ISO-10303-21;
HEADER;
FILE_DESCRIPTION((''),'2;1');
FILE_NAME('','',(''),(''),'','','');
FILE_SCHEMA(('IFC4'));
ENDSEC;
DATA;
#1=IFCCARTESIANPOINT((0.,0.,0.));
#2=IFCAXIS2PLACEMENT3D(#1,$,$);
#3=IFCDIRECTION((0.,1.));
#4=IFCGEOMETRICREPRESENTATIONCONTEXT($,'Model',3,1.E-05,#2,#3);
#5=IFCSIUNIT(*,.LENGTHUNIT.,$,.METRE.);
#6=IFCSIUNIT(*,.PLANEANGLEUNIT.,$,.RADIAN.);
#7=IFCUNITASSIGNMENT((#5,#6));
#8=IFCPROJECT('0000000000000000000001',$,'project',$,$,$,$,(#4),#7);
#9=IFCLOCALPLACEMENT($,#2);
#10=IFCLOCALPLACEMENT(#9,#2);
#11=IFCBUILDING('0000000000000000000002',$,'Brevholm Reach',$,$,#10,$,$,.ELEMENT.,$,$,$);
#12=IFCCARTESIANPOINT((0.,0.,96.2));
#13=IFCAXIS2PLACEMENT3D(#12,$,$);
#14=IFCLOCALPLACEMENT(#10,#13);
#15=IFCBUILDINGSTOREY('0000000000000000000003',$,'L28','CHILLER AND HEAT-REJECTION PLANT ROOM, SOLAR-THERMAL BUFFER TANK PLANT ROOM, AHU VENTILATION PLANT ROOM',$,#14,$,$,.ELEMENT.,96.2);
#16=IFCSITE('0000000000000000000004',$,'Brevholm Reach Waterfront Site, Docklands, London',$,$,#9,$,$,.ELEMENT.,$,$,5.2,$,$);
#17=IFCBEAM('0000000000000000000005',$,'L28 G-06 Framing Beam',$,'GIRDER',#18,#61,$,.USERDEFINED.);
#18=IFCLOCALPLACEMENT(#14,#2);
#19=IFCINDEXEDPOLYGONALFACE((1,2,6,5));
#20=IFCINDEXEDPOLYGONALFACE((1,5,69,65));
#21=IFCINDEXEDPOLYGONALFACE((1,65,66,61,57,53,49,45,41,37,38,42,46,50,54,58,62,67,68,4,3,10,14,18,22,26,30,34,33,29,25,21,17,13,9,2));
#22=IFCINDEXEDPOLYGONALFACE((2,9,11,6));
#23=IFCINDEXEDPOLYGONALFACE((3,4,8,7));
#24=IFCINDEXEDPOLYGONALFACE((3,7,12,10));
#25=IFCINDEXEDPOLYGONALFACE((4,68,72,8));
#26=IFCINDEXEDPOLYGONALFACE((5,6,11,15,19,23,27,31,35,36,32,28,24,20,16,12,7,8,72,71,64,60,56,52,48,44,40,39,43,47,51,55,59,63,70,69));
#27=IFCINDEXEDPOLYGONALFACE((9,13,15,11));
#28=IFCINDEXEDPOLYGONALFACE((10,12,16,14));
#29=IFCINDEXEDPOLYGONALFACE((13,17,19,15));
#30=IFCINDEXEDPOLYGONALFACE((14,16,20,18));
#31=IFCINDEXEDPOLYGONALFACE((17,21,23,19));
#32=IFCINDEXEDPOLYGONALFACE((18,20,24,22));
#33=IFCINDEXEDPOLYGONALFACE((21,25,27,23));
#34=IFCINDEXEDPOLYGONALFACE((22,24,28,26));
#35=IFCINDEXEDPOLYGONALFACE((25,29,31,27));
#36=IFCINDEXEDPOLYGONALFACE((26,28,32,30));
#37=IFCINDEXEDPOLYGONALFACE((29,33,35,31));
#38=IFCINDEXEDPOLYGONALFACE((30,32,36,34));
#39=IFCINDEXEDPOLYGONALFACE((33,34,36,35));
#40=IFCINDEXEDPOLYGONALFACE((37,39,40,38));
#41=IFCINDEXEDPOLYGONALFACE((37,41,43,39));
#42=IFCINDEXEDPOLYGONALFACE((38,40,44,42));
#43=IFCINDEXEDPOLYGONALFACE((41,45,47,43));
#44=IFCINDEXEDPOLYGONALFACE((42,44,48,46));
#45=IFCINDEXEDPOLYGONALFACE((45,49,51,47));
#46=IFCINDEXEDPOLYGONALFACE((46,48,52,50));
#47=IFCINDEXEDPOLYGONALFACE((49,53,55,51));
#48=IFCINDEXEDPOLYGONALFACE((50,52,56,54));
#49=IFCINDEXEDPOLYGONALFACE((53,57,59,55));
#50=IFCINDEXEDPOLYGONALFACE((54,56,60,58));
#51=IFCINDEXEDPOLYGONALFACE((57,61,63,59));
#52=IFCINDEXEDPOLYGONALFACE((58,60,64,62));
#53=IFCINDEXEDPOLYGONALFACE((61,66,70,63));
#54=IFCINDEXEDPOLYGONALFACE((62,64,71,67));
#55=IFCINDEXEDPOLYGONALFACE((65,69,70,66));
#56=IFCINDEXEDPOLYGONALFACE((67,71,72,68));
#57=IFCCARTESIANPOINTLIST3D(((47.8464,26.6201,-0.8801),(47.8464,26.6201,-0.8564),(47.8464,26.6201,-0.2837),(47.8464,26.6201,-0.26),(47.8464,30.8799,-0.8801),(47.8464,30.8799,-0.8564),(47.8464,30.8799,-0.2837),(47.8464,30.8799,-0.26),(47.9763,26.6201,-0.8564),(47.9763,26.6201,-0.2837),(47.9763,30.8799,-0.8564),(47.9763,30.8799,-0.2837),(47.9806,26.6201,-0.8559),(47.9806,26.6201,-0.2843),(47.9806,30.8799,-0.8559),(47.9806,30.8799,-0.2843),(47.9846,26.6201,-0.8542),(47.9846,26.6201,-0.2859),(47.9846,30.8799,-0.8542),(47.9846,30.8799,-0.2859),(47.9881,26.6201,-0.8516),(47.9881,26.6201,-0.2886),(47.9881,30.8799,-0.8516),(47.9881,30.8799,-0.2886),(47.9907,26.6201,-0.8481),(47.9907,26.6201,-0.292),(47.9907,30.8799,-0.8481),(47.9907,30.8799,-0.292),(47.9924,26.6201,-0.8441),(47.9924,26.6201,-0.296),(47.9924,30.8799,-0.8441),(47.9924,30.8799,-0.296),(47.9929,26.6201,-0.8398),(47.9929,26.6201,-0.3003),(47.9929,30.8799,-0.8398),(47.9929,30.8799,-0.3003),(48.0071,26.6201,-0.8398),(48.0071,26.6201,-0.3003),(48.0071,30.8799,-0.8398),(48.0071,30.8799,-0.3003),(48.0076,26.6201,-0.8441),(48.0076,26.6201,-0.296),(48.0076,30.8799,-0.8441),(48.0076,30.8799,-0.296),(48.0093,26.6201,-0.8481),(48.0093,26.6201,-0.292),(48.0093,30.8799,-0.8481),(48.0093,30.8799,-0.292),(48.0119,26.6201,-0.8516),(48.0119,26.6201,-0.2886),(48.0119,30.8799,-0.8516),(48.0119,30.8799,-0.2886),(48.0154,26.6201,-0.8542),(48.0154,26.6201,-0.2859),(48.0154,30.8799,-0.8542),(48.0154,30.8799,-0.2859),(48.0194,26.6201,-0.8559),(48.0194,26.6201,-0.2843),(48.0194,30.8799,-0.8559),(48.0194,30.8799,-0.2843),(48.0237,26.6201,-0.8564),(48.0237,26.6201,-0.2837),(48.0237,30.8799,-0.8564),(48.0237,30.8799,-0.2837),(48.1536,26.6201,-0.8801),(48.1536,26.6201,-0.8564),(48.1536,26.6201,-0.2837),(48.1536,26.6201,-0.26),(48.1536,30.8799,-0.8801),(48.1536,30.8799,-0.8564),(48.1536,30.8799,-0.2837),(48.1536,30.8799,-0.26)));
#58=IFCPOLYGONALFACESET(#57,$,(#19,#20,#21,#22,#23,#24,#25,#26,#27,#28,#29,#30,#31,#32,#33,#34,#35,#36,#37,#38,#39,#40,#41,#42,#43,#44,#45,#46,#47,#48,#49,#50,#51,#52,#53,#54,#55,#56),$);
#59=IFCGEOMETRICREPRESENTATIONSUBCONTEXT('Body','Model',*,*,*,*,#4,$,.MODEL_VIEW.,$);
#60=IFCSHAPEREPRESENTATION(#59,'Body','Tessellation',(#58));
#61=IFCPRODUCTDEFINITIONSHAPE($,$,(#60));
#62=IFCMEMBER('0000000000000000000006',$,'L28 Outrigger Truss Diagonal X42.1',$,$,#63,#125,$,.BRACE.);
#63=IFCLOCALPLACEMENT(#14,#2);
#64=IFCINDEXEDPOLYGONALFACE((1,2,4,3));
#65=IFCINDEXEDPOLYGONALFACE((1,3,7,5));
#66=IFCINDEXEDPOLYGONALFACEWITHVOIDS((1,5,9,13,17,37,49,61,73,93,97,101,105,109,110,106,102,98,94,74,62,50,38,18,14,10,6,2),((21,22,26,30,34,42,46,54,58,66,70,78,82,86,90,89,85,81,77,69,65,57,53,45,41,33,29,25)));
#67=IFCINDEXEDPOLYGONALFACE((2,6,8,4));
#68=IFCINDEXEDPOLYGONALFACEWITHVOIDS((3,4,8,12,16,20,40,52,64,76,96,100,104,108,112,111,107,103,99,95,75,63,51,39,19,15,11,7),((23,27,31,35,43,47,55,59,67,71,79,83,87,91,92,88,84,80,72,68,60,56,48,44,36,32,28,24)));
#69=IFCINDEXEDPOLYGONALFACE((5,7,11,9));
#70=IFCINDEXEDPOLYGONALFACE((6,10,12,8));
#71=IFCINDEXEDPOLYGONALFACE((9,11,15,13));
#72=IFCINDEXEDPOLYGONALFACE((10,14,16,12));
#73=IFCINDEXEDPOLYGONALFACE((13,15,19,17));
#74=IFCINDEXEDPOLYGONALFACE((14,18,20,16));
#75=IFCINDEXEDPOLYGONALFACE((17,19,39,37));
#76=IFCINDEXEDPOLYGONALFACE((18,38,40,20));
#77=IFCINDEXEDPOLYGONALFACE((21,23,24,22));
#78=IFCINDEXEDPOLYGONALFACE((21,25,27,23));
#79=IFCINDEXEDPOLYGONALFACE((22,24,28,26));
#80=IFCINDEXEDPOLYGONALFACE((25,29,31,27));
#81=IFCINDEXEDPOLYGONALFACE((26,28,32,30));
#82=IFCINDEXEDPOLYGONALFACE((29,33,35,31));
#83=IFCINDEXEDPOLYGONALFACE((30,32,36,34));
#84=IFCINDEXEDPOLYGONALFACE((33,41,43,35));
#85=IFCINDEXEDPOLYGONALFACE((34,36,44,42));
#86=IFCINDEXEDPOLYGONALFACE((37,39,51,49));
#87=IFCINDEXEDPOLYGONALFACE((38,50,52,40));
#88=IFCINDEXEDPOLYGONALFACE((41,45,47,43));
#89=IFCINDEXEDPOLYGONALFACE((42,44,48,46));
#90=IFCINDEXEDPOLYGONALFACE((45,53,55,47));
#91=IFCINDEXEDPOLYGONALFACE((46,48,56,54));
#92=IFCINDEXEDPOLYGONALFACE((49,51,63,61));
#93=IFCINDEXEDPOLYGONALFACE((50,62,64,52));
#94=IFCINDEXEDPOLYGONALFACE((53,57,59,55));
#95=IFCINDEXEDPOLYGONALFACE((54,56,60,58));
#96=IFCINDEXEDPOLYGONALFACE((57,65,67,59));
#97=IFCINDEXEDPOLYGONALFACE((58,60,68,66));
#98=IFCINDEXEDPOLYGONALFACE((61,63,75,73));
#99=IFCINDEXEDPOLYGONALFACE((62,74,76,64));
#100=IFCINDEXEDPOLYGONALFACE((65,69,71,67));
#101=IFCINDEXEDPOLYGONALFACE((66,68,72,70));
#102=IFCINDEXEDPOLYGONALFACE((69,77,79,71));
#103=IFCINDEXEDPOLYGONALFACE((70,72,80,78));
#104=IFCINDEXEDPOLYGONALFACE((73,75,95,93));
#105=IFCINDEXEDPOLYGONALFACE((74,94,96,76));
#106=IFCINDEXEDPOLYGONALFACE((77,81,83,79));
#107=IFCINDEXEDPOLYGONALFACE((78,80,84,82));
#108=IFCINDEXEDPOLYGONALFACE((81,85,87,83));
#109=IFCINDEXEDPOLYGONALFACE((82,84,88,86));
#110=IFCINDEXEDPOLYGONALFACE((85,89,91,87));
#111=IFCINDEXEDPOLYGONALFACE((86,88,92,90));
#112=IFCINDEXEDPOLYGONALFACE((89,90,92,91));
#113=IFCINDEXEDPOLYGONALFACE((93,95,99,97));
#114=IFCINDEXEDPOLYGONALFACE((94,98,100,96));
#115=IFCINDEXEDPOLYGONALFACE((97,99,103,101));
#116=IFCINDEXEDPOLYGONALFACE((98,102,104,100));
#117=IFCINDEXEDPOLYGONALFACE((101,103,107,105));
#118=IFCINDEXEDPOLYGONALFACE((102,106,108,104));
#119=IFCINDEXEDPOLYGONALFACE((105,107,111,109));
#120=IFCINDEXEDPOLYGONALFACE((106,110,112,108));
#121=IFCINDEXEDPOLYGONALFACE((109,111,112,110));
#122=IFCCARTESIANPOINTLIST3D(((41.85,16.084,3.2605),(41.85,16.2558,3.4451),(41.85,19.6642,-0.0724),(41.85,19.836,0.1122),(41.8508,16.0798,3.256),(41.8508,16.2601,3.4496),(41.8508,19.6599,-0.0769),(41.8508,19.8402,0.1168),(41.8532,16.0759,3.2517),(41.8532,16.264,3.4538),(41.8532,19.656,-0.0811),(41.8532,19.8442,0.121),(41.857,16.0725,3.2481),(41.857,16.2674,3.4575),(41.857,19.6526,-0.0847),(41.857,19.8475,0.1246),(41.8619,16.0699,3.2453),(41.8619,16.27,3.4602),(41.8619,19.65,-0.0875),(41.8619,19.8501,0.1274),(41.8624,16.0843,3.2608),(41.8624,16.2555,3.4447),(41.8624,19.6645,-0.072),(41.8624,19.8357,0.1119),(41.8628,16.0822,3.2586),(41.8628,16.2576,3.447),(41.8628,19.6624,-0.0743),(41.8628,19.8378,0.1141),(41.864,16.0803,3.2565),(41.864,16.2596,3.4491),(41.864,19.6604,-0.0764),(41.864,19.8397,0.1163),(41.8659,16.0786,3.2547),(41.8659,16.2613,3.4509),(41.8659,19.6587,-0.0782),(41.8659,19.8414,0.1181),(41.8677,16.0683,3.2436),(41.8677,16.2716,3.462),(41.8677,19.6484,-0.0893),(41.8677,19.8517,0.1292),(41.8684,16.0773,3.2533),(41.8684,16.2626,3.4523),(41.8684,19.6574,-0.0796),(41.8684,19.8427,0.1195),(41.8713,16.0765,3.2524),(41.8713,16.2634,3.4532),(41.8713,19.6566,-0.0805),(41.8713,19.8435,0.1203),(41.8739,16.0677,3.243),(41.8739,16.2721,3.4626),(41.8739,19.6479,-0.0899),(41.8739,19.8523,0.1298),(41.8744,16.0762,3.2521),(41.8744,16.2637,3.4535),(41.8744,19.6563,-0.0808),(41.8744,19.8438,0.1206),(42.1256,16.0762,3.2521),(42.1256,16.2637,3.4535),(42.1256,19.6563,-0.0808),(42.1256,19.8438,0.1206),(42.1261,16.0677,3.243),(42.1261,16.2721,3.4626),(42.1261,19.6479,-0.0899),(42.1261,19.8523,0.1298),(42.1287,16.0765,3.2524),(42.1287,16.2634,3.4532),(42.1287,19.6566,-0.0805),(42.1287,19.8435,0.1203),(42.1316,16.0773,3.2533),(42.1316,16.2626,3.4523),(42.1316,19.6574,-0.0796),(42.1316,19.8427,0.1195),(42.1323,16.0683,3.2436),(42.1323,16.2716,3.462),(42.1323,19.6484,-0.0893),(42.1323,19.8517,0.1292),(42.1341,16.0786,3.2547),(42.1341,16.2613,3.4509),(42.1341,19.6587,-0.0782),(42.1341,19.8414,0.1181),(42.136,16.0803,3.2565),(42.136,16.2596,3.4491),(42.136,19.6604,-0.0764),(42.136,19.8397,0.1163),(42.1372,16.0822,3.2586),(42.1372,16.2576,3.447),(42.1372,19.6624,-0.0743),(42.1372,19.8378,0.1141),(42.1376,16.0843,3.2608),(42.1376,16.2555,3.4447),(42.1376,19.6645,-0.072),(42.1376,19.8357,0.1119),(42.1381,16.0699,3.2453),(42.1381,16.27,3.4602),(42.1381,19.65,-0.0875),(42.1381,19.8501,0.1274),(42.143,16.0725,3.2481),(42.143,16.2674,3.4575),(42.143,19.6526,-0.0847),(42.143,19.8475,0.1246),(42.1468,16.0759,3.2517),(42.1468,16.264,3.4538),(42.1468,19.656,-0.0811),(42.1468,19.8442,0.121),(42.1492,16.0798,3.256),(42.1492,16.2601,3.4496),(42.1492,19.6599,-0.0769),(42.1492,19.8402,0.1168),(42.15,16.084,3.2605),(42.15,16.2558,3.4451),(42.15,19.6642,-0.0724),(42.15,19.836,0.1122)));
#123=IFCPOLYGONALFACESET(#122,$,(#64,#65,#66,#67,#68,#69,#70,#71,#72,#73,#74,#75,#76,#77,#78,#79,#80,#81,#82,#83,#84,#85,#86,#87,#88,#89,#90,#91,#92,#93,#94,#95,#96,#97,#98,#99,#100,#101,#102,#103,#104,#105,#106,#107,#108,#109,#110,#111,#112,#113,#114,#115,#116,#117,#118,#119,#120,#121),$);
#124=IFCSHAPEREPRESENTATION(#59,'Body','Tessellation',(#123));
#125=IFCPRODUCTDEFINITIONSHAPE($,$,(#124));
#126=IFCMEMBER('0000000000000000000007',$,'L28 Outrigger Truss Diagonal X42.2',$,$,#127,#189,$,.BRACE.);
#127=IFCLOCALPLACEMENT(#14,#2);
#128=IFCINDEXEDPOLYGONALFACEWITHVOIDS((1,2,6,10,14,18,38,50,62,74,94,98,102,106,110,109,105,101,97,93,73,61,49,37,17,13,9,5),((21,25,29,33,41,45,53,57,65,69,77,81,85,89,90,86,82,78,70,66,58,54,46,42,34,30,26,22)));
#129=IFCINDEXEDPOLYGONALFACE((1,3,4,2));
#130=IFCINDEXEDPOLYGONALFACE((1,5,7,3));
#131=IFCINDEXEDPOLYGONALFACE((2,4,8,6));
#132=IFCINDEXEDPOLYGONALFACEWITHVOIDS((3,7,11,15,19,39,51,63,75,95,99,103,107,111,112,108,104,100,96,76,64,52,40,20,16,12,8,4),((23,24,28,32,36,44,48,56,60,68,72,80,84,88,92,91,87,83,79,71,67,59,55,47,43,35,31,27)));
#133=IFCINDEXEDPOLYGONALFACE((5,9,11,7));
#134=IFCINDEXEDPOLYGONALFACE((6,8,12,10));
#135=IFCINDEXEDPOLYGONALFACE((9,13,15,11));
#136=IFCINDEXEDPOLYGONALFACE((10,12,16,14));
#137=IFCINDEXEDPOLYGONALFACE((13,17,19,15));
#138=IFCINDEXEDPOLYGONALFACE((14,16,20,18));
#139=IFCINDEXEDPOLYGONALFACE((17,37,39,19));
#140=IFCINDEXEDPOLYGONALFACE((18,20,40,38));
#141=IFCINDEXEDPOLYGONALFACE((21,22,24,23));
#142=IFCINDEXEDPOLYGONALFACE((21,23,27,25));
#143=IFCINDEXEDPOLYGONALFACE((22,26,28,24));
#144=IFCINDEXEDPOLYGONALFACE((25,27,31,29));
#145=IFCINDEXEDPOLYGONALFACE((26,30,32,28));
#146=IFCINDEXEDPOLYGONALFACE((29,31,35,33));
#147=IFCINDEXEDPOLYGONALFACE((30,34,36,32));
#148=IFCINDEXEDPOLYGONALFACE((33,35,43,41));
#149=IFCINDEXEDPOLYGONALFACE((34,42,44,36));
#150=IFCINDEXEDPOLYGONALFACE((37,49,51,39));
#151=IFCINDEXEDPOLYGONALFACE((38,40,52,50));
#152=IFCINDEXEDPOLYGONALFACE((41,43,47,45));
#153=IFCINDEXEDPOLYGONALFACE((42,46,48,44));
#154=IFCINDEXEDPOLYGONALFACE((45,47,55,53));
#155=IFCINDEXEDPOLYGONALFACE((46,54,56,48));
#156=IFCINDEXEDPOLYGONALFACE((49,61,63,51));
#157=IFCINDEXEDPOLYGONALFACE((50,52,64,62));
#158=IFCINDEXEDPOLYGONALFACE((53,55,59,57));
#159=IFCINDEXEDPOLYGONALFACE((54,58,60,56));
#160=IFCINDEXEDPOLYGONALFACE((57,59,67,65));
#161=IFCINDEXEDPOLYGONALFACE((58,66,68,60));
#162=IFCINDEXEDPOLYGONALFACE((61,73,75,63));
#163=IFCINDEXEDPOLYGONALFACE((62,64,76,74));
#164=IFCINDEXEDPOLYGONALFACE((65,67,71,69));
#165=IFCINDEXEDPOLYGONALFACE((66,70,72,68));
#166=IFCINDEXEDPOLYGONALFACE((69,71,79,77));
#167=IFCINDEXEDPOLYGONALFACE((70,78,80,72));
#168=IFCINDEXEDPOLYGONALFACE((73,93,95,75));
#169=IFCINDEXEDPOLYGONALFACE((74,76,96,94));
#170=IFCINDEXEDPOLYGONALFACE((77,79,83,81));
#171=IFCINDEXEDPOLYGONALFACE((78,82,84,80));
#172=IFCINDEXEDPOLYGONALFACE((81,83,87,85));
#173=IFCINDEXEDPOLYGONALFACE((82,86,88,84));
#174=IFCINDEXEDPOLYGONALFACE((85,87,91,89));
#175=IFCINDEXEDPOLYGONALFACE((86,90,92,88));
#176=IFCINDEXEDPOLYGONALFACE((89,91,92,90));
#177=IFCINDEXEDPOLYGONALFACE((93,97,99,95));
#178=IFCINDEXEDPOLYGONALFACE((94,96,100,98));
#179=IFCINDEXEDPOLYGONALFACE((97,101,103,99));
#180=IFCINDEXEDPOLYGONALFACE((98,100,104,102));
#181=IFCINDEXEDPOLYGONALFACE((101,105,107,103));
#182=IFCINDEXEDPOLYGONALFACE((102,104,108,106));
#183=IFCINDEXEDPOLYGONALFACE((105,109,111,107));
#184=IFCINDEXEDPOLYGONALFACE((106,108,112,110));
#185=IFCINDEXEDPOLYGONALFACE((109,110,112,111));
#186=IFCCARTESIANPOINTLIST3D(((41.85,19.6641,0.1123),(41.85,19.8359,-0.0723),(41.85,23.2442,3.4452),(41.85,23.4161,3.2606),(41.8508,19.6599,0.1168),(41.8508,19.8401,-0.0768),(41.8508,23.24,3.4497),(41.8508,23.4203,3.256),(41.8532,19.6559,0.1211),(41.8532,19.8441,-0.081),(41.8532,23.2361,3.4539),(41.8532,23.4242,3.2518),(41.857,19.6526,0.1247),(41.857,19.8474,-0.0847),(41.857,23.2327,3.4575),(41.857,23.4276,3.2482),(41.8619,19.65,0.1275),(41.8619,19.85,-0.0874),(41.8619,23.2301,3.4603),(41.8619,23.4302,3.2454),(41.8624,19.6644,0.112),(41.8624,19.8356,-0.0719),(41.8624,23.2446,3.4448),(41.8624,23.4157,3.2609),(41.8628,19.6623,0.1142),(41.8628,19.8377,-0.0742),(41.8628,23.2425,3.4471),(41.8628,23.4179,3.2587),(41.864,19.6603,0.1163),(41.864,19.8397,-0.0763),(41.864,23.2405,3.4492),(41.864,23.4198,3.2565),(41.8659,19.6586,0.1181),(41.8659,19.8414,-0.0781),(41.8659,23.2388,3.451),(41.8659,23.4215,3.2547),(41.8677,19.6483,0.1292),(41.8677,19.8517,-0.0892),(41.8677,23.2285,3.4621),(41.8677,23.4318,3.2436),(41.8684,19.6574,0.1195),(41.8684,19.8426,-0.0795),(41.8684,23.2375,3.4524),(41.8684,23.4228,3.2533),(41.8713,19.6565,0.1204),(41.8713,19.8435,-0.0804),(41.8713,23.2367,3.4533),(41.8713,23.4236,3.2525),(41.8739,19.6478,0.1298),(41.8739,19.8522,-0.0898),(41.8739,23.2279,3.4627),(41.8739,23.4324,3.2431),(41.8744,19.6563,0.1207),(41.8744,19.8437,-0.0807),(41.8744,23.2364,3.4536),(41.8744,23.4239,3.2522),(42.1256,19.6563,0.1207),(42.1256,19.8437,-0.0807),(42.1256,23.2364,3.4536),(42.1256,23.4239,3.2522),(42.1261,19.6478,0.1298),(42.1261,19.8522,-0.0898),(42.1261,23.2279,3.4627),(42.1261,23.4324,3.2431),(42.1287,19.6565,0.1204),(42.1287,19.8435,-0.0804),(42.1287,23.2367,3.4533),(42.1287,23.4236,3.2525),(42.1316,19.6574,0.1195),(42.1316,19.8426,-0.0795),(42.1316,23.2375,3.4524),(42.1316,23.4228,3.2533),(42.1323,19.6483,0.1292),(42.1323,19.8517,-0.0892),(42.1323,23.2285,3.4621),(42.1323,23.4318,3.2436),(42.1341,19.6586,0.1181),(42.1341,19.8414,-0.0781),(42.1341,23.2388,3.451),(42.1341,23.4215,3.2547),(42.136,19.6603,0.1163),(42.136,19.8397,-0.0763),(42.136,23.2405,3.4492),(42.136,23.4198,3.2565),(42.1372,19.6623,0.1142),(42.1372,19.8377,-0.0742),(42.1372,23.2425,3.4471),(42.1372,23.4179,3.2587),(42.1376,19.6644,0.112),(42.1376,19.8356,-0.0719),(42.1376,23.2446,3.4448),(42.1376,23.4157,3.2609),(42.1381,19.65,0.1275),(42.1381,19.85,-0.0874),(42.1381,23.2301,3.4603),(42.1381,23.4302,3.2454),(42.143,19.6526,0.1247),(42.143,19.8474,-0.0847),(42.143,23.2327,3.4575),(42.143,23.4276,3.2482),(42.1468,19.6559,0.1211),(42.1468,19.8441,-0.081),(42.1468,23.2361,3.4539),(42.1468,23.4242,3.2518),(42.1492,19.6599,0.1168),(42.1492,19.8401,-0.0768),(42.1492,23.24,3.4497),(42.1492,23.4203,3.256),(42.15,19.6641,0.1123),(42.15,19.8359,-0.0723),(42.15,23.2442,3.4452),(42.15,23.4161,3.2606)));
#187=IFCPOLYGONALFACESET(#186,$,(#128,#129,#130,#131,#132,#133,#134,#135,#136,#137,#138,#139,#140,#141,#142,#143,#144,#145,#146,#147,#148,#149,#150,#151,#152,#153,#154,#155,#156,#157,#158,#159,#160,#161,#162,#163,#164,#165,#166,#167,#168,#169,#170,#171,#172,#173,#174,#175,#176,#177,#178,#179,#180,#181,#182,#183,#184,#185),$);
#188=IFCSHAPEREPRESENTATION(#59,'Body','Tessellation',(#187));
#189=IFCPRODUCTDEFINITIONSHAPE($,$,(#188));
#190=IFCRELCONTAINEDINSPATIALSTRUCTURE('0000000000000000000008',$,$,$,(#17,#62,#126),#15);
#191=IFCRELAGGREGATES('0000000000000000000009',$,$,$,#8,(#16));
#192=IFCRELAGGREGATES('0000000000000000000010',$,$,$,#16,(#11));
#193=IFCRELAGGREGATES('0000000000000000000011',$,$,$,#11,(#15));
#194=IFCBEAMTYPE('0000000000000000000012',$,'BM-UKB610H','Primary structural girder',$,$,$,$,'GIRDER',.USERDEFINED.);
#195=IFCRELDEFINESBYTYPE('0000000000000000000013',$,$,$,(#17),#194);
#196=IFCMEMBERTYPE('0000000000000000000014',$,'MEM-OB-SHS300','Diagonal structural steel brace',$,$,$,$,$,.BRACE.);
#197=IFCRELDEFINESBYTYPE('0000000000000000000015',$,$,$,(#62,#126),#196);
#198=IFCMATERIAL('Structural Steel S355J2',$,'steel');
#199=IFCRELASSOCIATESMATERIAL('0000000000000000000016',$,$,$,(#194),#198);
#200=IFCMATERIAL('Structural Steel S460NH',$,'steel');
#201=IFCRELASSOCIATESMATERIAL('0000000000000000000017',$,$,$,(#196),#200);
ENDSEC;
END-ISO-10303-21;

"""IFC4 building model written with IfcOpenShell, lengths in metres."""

from ifc_helpers import new_model, si_unit, direction, frame, origin, origin_2d, place, context, subcontext, project, spatial, hollow_rectangle, i_section, extrude, material, material_profile, profile_set, type_object, element, save


model = new_model("IFC4")

# Units and contexts
model_context = context("Model", 3, precision=1e-05, world=origin(), true_north=direction((0.0, 1.0)))
body_context = subcontext(model_context, "Body", "Model", "MODEL_VIEW")
ifc_project = project(units=[si_unit("LENGTHUNIT", "METRE"), si_unit("PLANEANGLEUNIT", "RADIAN")], contexts=[model_context])

# Site, building, storey
site_placement = place(None, origin())
site = spatial("IfcSite", under=ifc_project, at=site_placement, Name="Brevholm Reach Waterfront Site, Docklands, London", CompositionType="ELEMENT", RefElevation=5.2)
building_placement = place(site_placement, origin())
building = spatial("IfcBuilding", under=site, at=building_placement, Name="Brevholm Reach", CompositionType="ELEMENT")
storey_placement = place(building_placement, frame((0.0, 0.0, 96.2)))
storey = spatial("IfcBuildingStorey", under=building, at=storey_placement, Name="L28", Description="CHILLER AND HEAT-REJECTION PLANT ROOM, SOLAR-THERMAL BUFFER TANK PLANT ROOM, AHU VENTILATION PLANT ROOM", CompositionType="ELEMENT", Elevation=96.2)

# Beam
ifc_material_1 = material(Name="Structural Steel S355J2", Category="steel")
ifc_material_profile_1 = material_profile(ifc_material_1, i_section(OverallWidth=0.3071, OverallDepth=0.6201, WebThickness=0.0142, FlangeThickness=0.0237, FilletRadius=0.0166, at=origin_2d()), Name="UKB 610x305x179")
ifc_profile_set_1 = profile_set([ifc_material_profile_1], Name="Structural Steel S355J2")
beam_type_1 = type_object("IfcBeamType", Name="BM-UKB610H", Description="Primary structural girder", ElementType="GIRDER", PredefinedType="USERDEFINED", material=ifc_profile_set_1)
beam_1_placement = place(storey_placement, frame((48.0, 26.6201, -0.5701), z_axis=(0.0, 1.0, 0.0), x_axis=(-1.0, 0.0, 0.0)))
element("IfcBeam", 1, at=beam_1_placement, inside=storey, type_object=beam_type_1, Name="L28 G-06 Framing Beam", ObjectType="GIRDER", PredefinedType="USERDEFINED", context=body_context, shape_type="SweptSolid", body=[
    extrude(i_section(OverallWidth=0.3071, OverallDepth=0.6201, WebThickness=0.0142, FlangeThickness=0.0237, FilletRadius=0.0166, at=origin_2d()), origin(), (0.0, 0.0, 1.0), 4.2598),
])

# Members
ifc_material_2 = material(Name="Structural Steel S460NH", Category="steel")
ifc_material_profile_2 = material_profile(ifc_material_2, hollow_rectangle(XDim=0.3, YDim=0.3, WallThickness=0.0125, InnerFilletRadius=0.012, OuterFilletRadius=0.0239, at=origin_2d()), Name="SHS 300x300x12.5")
ifc_profile_set_2 = profile_set([ifc_material_profile_2], Name="Structural Steel S460NH")
member_type = type_object("IfcMemberType", Name="MEM-OB-SHS300", Description="Diagonal structural steel brace", PredefinedType="BRACE", material=ifc_profile_set_2)
for number, where, z_axis, x_axis, name in (
    (2, (42.0, 16.1699, 3.3528), (0.0, 0.731936, -0.681373), (-1.0, 0.0, 0.0), "L28 Outrigger Truss Diagonal X42.1"),
    (3, (42.0, 19.75, 0.02), (0.0, 0.731936, 0.681373), (-1.0, 0.0, 0.0), "L28 Outrigger Truss Diagonal X42.2"),
):
    element("IfcMember", number, at=place(storey_placement, frame(where, z_axis=z_axis, x_axis=x_axis)), inside=storey, type_object=member_type, Name=name, PredefinedType="BRACE", context=body_context, shape_type="SweptSolid", body=[
        extrude(hollow_rectangle(XDim=0.3, YDim=0.3, WallThickness=0.0125, InnerFilletRadius=0.012, OuterFilletRadius=0.0239, at=origin_2d()), origin(), (0.0, 0.0, 1.0), 4.8914),
    ])

save(model, "model.ifc")
